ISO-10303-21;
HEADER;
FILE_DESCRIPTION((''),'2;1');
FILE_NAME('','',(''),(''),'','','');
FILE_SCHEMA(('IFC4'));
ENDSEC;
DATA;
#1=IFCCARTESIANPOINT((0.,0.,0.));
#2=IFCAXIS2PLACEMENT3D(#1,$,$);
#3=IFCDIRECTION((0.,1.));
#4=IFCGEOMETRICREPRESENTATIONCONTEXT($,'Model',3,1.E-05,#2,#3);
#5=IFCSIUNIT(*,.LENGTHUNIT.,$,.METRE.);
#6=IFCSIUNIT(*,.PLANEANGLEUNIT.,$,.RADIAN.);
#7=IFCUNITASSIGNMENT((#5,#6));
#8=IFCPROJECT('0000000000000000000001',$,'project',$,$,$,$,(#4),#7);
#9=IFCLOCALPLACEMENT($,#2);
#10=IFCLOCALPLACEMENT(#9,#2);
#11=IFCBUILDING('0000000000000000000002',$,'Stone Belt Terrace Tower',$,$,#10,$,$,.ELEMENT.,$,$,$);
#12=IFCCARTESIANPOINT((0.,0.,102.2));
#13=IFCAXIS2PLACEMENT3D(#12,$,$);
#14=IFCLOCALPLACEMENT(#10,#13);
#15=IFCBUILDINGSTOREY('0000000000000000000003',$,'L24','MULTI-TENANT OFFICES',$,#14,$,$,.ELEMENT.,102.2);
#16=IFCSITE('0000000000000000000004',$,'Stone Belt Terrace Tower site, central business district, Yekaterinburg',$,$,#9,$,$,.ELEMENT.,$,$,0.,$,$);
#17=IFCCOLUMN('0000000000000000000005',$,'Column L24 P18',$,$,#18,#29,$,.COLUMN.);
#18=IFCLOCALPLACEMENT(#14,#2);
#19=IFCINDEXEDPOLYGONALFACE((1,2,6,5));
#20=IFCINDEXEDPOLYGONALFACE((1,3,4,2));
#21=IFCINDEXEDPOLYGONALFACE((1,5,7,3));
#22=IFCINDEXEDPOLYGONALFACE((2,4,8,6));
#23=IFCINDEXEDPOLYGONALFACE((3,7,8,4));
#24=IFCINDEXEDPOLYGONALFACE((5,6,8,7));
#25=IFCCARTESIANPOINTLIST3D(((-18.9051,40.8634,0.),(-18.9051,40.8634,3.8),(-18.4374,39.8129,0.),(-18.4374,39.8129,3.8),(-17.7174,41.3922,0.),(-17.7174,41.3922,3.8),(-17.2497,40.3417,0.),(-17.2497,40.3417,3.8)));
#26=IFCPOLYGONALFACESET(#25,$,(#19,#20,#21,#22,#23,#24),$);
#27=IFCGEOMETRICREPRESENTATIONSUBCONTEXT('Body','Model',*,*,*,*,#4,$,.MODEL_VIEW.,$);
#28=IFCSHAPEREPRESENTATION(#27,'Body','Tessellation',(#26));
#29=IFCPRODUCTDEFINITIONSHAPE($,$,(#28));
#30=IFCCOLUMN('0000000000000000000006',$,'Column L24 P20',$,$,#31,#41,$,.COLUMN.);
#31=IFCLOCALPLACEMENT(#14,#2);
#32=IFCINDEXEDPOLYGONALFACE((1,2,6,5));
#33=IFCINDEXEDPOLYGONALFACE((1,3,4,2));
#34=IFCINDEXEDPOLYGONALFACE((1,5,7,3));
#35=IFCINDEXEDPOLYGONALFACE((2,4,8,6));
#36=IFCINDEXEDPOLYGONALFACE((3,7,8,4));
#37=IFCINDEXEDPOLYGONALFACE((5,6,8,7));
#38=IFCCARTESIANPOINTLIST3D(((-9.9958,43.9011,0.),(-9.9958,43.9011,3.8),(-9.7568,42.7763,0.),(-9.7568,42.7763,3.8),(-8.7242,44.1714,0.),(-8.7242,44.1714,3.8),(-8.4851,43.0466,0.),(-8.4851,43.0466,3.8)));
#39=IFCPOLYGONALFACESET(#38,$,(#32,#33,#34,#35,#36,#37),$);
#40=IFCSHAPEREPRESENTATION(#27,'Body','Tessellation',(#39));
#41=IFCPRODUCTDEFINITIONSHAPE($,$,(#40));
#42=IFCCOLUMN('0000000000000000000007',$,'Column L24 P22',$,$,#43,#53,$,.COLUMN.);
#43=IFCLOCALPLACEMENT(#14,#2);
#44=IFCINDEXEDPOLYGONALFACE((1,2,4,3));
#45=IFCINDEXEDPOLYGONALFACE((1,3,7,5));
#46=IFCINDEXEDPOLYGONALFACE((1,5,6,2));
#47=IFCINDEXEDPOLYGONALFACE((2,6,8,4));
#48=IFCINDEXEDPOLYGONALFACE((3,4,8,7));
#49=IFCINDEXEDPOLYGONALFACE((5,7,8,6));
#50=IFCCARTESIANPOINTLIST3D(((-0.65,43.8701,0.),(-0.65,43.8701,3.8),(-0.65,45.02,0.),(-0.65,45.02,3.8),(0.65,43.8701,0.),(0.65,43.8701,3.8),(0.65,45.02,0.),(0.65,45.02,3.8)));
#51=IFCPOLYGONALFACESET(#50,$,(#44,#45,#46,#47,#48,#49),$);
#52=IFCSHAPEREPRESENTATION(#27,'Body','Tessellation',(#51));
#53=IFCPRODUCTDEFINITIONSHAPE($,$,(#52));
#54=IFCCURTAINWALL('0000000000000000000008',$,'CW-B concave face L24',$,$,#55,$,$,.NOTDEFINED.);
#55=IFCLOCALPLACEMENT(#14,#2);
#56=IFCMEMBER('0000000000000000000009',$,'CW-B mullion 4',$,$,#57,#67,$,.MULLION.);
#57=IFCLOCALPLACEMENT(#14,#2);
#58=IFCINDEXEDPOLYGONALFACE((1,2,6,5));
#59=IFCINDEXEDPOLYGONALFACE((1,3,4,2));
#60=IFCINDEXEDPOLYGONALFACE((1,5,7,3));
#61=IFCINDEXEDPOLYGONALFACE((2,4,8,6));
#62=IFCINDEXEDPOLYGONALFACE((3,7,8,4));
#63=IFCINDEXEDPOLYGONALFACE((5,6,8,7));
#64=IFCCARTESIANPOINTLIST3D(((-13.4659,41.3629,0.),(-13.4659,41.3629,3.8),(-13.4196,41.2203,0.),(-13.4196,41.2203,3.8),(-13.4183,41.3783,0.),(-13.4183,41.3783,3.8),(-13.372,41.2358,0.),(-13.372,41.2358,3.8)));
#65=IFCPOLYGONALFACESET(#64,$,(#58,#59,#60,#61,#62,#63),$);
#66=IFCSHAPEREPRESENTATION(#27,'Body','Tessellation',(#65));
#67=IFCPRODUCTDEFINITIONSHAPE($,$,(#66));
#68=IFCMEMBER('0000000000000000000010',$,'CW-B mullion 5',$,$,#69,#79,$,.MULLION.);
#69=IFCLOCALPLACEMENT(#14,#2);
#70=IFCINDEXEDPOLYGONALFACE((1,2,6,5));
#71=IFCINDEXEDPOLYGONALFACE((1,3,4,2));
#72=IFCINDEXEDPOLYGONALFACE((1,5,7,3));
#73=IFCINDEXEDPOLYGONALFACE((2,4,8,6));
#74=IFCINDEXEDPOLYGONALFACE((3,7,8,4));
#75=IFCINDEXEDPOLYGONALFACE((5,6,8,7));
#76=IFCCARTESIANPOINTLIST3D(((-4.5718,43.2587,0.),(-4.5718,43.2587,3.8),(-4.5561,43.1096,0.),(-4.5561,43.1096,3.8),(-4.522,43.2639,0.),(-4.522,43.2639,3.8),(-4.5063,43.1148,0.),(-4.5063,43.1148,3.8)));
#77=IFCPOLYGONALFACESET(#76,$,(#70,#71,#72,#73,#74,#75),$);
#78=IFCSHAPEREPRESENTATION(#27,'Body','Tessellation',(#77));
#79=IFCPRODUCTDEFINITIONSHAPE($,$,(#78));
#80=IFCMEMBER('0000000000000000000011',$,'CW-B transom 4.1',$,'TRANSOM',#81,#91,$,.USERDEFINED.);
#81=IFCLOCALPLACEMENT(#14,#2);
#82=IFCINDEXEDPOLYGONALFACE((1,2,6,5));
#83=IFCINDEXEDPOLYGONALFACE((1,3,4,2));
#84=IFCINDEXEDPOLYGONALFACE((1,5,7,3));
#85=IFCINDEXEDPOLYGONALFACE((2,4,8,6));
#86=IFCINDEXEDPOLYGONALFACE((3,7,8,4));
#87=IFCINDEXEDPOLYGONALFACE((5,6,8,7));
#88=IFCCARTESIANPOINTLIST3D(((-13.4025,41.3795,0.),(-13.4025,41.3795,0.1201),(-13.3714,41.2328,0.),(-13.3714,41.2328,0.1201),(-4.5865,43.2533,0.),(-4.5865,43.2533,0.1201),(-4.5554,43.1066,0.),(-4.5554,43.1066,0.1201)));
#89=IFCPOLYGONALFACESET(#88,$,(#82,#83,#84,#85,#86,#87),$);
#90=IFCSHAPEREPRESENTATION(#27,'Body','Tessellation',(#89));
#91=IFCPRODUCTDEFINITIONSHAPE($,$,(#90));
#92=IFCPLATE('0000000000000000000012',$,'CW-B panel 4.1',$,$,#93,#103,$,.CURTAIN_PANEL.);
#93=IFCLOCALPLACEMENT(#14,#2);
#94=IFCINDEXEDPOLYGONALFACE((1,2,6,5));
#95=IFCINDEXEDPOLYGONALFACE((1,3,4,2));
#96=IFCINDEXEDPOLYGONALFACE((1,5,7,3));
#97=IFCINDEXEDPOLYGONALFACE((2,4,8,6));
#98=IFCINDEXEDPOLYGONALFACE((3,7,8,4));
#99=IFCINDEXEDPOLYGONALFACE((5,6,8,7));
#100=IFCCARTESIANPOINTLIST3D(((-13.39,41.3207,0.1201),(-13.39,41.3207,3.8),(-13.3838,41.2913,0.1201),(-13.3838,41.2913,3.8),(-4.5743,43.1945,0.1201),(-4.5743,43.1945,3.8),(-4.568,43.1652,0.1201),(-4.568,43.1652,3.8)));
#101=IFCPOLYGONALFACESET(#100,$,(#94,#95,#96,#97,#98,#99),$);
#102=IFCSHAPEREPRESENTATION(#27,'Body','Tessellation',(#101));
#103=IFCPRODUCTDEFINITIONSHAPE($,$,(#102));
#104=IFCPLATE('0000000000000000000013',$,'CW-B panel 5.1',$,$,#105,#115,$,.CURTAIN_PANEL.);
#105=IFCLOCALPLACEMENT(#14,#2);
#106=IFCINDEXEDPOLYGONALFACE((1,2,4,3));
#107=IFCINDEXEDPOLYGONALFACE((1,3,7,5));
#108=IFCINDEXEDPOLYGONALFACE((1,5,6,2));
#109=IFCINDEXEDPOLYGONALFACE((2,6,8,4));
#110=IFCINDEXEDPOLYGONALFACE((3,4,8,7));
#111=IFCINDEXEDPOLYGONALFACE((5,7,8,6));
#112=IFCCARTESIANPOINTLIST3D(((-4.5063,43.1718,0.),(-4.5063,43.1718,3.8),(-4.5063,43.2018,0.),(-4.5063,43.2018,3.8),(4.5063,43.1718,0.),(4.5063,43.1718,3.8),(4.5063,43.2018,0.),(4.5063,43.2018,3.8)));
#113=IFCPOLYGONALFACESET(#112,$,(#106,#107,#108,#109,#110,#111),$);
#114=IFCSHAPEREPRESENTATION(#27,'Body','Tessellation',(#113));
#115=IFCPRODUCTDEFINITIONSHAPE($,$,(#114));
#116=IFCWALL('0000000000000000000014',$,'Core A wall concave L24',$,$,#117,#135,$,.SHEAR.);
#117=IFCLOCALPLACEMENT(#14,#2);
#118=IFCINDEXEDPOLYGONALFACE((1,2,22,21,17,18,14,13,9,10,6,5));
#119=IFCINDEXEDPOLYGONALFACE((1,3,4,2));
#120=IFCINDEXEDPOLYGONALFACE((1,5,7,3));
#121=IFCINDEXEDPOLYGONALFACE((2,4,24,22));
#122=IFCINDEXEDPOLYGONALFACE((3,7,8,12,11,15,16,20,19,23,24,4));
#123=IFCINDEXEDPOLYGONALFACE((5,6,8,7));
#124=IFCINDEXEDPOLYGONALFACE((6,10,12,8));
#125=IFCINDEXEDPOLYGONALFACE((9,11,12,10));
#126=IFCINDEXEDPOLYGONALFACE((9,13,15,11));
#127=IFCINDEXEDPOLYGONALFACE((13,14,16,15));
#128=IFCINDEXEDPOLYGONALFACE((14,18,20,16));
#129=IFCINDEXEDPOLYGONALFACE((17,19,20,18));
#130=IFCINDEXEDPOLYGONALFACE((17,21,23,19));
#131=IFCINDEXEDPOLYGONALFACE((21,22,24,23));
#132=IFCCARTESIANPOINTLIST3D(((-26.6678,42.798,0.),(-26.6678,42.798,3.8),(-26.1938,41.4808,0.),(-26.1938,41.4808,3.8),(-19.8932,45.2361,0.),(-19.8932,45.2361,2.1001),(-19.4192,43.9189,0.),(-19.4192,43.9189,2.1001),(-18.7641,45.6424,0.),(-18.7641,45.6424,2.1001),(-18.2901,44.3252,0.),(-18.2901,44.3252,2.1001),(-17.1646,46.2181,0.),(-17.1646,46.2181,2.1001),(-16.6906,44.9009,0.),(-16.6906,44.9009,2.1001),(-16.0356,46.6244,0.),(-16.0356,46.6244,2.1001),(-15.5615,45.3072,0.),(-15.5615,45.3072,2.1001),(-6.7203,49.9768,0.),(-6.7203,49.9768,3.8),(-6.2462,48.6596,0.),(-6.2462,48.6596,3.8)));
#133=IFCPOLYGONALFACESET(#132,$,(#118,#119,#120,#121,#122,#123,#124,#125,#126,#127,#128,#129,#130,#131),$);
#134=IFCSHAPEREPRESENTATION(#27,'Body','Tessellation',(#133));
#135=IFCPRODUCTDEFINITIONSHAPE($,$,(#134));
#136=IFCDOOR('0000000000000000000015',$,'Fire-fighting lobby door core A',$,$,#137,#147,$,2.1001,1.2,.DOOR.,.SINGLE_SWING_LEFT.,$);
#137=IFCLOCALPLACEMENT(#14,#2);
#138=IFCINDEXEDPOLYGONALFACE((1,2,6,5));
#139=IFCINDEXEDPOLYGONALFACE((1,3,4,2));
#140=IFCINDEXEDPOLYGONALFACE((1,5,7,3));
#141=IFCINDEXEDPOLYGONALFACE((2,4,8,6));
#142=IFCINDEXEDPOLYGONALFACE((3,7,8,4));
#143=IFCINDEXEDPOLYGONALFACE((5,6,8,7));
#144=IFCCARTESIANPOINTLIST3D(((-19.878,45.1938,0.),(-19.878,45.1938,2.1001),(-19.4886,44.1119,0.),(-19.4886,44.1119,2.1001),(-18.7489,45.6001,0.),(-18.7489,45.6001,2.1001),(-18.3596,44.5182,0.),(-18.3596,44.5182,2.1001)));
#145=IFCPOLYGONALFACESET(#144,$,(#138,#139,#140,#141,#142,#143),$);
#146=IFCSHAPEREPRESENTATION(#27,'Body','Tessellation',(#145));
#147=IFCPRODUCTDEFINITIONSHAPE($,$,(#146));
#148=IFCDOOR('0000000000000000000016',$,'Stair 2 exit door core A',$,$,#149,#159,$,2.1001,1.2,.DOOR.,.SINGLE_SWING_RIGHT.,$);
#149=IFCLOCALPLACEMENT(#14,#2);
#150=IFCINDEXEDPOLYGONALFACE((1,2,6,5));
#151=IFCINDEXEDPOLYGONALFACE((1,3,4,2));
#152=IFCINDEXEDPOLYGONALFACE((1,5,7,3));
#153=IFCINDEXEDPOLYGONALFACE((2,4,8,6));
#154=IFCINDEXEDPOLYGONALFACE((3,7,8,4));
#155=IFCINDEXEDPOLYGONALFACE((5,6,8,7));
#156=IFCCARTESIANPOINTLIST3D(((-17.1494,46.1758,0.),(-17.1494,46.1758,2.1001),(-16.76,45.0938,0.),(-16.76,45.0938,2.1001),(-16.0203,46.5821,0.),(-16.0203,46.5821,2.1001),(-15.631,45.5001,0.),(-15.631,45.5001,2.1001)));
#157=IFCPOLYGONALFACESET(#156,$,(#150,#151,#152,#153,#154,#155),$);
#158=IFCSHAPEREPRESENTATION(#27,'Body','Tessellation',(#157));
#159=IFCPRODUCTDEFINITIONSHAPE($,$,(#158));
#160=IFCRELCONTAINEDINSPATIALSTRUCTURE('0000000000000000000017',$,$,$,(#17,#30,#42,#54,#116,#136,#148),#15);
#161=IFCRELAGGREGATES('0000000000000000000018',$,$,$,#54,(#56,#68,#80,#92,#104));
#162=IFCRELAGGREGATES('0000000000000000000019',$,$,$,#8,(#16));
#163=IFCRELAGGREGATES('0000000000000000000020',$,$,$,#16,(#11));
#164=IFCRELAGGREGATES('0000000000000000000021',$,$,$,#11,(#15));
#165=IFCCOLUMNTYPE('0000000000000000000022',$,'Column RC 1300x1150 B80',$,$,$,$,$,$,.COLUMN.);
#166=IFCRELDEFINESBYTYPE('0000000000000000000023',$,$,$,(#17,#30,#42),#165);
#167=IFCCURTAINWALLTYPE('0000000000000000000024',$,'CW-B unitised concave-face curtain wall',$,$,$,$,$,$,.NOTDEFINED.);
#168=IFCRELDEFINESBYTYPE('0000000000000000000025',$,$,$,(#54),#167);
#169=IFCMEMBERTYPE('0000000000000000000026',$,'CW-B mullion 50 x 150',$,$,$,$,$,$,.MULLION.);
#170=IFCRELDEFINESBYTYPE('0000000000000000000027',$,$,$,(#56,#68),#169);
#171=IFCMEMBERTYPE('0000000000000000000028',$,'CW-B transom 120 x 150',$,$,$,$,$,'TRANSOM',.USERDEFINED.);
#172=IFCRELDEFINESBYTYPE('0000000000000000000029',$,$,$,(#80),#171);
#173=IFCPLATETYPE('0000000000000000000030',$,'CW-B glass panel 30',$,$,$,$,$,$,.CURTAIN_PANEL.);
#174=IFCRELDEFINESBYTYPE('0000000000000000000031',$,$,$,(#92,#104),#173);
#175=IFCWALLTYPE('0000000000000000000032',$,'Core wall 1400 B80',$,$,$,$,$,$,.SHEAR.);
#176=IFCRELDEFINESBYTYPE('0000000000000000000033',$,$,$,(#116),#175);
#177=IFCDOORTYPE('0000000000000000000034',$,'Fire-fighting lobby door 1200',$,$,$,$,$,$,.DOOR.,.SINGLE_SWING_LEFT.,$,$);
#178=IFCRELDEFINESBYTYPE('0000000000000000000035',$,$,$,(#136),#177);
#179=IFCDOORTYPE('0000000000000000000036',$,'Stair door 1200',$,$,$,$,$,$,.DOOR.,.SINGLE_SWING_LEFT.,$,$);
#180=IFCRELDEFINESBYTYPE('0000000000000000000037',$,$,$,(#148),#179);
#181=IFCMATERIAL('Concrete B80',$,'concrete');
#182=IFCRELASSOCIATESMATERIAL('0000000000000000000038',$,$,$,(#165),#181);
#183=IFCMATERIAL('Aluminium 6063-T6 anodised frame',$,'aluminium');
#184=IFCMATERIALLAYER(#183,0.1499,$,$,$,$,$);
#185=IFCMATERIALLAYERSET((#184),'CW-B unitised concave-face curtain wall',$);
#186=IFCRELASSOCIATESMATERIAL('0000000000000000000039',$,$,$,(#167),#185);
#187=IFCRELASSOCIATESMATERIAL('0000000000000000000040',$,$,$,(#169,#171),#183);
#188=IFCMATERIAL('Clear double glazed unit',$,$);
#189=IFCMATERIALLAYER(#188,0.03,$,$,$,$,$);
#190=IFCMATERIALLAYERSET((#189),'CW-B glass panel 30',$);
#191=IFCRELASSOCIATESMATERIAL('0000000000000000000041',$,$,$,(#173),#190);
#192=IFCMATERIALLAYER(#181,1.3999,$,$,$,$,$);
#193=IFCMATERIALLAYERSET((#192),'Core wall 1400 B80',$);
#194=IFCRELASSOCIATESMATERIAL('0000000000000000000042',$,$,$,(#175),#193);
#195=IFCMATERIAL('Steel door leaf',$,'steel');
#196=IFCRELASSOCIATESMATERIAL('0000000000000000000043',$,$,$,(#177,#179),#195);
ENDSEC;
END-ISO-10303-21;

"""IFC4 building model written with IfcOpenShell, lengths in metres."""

from ifc_helpers import new_model, si_unit, direction, frame, frame_2d, origin, origin_2d, place, context, subcontext, project, spatial, rectangle, extrude, material, layer, layer_set, material_profile, profile_set, type_object, element, fill, aggregate, save


model = new_model("IFC4")

# Units and contexts
model_context = context("Model", 3, precision=1e-05, world=origin(), true_north=direction((0.0, 1.0)))
body_context = subcontext(model_context, "Body", "Model", "MODEL_VIEW")
ifc_project = project(units=[si_unit("LENGTHUNIT", "METRE"), si_unit("PLANEANGLEUNIT", "RADIAN")], contexts=[model_context])

# Site, building, storey
site_placement = place(None, origin())
site = spatial("IfcSite", under=ifc_project, at=site_placement, Name="Stone Belt Terrace Tower site, central business district, Yekaterinburg", CompositionType="ELEMENT", RefElevation=0.0)
building_placement = place(site_placement, origin())
building = spatial("IfcBuilding", under=site, at=building_placement, Name="Stone Belt Terrace Tower", CompositionType="ELEMENT")
storey_placement = place(building_placement, frame((0.0, 0.0, 102.2)))
storey = spatial("IfcBuildingStorey", under=building, at=storey_placement, Name="L24", Description="MULTI-TENANT OFFICES", CompositionType="ELEMENT", Elevation=102.2)

# Columns
ifc_material_1 = material(Name="Concrete B80", Category="concrete")
ifc_material_profile_1 = material_profile(ifc_material_1, rectangle(XDim=1.3, YDim=1.1499, at=origin_2d()), Name="RC 1300x1150")
ifc_profile_set_1 = profile_set([ifc_material_profile_1], Name="Concrete B80")
column_type = type_object("IfcColumnType", Name="Column RC 1300x1150 B80", PredefinedType="COLUMN", material=ifc_profile_set_1)
for number, where, z_axis, x_axis, name in (
    (1, (-18.0774, 40.6025, 0.0), (0.0, 0.0, 1.0), (0.913545, 0.406737, 0.0), "Column L24 P18"),
    (2, (-9.2405, 43.4739, 0.0), (0.0, 0.0, 1.0), (0.978148, 0.207912, 0.0), "Column L24 P20"),
    (3, (0.0, 44.4451, 0.0), (0.0, 0.0, 1.0), (1.0, 0.0, 0.0), "Column L24 P22"),
):
    element("IfcColumn", number, at=place(storey_placement, frame(where, z_axis=z_axis, x_axis=x_axis)), inside=storey, type_object=column_type, Name=name, PredefinedType="COLUMN", context=body_context, shape_type="SweptSolid", body=[
        extrude(rectangle(XDim=1.3, YDim=1.1499, at=origin_2d()), origin(), (0.0, 0.0, 1.0), 3.8),
    ])

# Curtain wall, members, plates
ifc_material_2 = material(Name="Aluminium 6063-T6 anodised frame", Category="aluminium")
ifc_layer_1 = layer(ifc_material_2, 0.1499)
ifc_layer_set_1 = layer_set([ifc_layer_1], Name="CW-B unitised concave-face curtain wall")
curtain_wall_type = type_object("IfcCurtainWallType", Name="CW-B unitised concave-face curtain wall", PredefinedType="NOTDEFINED", material=ifc_layer_set_1)
curtain_wall_placement = place(storey_placement, origin())
curtain_wall = element("IfcCurtainWall", 4, at=curtain_wall_placement, inside=storey, type_object=curtain_wall_type, Name="CW-B concave face L24", PredefinedType="NOTDEFINED")
ifc_material_profile_2 = material_profile(ifc_material_2, rectangle(XDim=0.1499, YDim=0.05, at=origin_2d()), Name="Aluminium 6063-T6 50x150")
ifc_profile_set_2 = profile_set([ifc_material_profile_2], Name="Aluminium 6063-T6 anodised frame")
member_type_1 = type_object("IfcMemberType", Name="CW-B mullion 50 x 150", PredefinedType="MULLION", material=ifc_profile_set_2)
member_1_placement = place(storey_placement, frame((-13.4189, 41.2993, 0.0), z_axis=(0.0, 0.0, 1.0), x_axis=(-0.309017, 0.951057, 0.0)))
member_1 = element("IfcMember", 5, at=member_1_placement, type_object=member_type_1, Name="CW-B mullion 4", PredefinedType="MULLION", context=body_context, shape_type="SweptSolid", body=[
    extrude(rectangle(XDim=0.1499, YDim=0.05, at=origin_2d()), origin(), (0.0, 0.0, 1.0), 3.8),
])
member_2_placement = place(storey_placement, frame((-4.5391, 43.1868, 0.0), z_axis=(0.0, 0.0, 1.0), x_axis=(-0.104528, 0.994522, 0.0)))
member_2 = element("IfcMember", 6, at=member_2_placement, type_object=member_type_1, Name="CW-B mullion 5", PredefinedType="MULLION", context=body_context, shape_type="SweptSolid", body=[
    extrude(rectangle(XDim=0.1499, YDim=0.05, at=origin_2d()), origin(), (0.0, 0.0, 1.0), 3.8),
])
ifc_material_profile_3 = material_profile(ifc_material_2, rectangle(XDim=0.1499, YDim=0.1201, at=origin_2d()), Name="Aluminium 6063-T6 150x120")
ifc_profile_set_3 = profile_set([ifc_material_profile_3], Name="Aluminium 6063-T6 anodised frame")
member_type_2 = type_object("IfcMemberType", Name="CW-B transom 120 x 150", ElementType="TRANSOM", PredefinedType="USERDEFINED", material=ifc_profile_set_3)
member_3_placement = place(storey_placement, frame((-13.387, 41.3062, 0.0601), z_axis=(0.97815, 0.207901, 0.0), x_axis=(-0.207901, 0.97815, 0.0)))
member_3 = element("IfcMember", 7, at=member_3_placement, type_object=member_type_2, Name="CW-B transom 4.1", ObjectType="TRANSOM", PredefinedType="USERDEFINED", context=body_context, shape_type="SweptSolid", body=[
    extrude(rectangle(XDim=0.1499, YDim=0.1201, at=origin_2d()), origin(), (0.0, 0.0, 1.0), 9.0129),
])
ifc_material_3 = material(Name="Clear double glazed unit")
ifc_layer_2 = layer(ifc_material_3, 0.03)
ifc_layer_set_2 = layer_set([ifc_layer_2], Name="CW-B glass panel 30")
plate_type = type_object("IfcPlateType", Name="CW-B glass panel 30", PredefinedType="CURTAIN_PANEL", material=ifc_layer_set_2)
plate_1_placement = place(storey_placement, frame((-8.979, 42.2429, 0.1201), z_axis=(0.0, 0.0, 1.0), x_axis=(0.978148, 0.207912, 0.0)))
plate_1 = element("IfcPlate", 8, at=plate_1_placement, type_object=plate_type, Name="CW-B panel 4.1", PredefinedType="CURTAIN_PANEL", context=body_context, shape_type="SweptSolid", body=[
    extrude(rectangle(XDim=9.0127, YDim=0.03, at=origin_2d()), origin(), (0.0, 0.0, 1.0), 3.6799),
])
plate_2_placement = place(storey_placement, frame((0.0, 43.1868, 0.0), z_axis=(0.0, 0.0, 1.0), x_axis=(1.0, 0.0, 0.0)))
plate_2 = element("IfcPlate", 9, at=plate_2_placement, type_object=plate_type, Name="CW-B panel 5.1", PredefinedType="CURTAIN_PANEL", context=body_context, shape_type="SweptSolid", body=[
    extrude(rectangle(XDim=9.0127, YDim=0.03, at=origin_2d()), origin(), (0.0, 0.0, 1.0), 3.8),
])
aggregate(curtain_wall, [member_1, member_2, member_3, plate_1, plate_2])

# Wall, openings, doors
ifc_layer_3 = layer(ifc_material_1, 1.3999)
ifc_layer_set_3 = layer_set([ifc_layer_3], Name="Core wall 1400 B80")
wall_type_1 = type_object("IfcWallType", Name="Core wall 1400 B80", PredefinedType="SHEAR", material=ifc_layer_set_3)
wall_1_placement = place(storey_placement, frame((-26.4309, 42.1394, 0.0), z_axis=(0.0, 0.0, 1.0), x_axis=(0.940923, 0.33862, 0.0)))
wall_1 = element("IfcWall", 10, at=wall_1_placement, inside=storey, type_object=wall_type_1, Name="Core A wall concave L24", PredefinedType="SHEAR", context=body_context, shape_type="SweptSolid", body=[
    extrude(rectangle(XDim=21.2, YDim=1.3999, at=frame_2d((10.6001, 0.0))), origin(), (0.0, 0.0, 1.0), 3.8),
])
opening_1_placement = place(wall_1_placement, frame((7.2, 0.0, 0.0)))
opening_1 = element("IfcOpeningElement", 11, at=opening_1_placement, cuts=wall_1, PredefinedType="OPENING", context=body_context, shape_type="SweptSolid", body=[
    extrude(rectangle(XDim=1.2, YDim=2.1001, at=frame_2d((0.6001, 1.05))), frame((0.0, 0.71, 0.0), z_axis=(0.0, -1.0, 0.0), x_axis=(1.0, 0.0, 0.0)), (0.0, 0.0, 1.0), 1.4199),
])
opening_2_placement = place(wall_1_placement, frame((10.0999, 0.0, 0.0)))
opening_2 = element("IfcOpeningElement", 12, at=opening_2_placement, cuts=wall_1, PredefinedType="OPENING", context=body_context, shape_type="SweptSolid", body=[
    extrude(rectangle(XDim=1.2, YDim=2.1001, at=frame_2d((0.6001, 1.05))), frame((0.0, 0.71, 0.0), z_axis=(0.0, -1.0, 0.0), x_axis=(1.0, 0.0, 0.0)), (0.0, 0.0, 1.0), 1.4199),
])
ifc_material_4 = material(Name="Steel door leaf", Category="steel")
door_type_1 = type_object("IfcDoorType", Name="Fire-fighting lobby door 1200", OperationType="SINGLE_SWING_LEFT", PredefinedType="DOOR", material=ifc_material_4)
door_1_placement = place(opening_1_placement, origin())
door_1 = element("IfcDoor", 13, at=door_1_placement, inside=storey, type_object=door_type_1, Name="Fire-fighting lobby door core A", OperationType="SINGLE_SWING_LEFT", OverallHeight=2.1001, OverallWidth=1.2, PredefinedType="DOOR", context=body_context, shape_type="SweptSolid", body=[
    extrude(rectangle(XDim=1.2, YDim=2.1001, at=frame_2d((0.6001, 1.05))), frame((0.0, 0.655, 0.0), z_axis=(0.0, -1.0, 0.0), x_axis=(1.0, 0.0, 0.0)), (0.0, 0.0, 1.0), 1.1499),
])
fill(opening_1, door_1)
door_type_2 = type_object("IfcDoorType", Name="Stair door 1200", OperationType="SINGLE_SWING_LEFT", PredefinedType="DOOR", material=ifc_material_4)
door_2_placement = place(opening_2_placement, origin())
door_2 = element("IfcDoor", 14, at=door_2_placement, inside=storey, type_object=door_type_2, Name="Stair 2 exit door core A", OperationType="SINGLE_SWING_RIGHT", OverallHeight=2.1001, OverallWidth=1.2, PredefinedType="DOOR", context=body_context, shape_type="SweptSolid", body=[
    extrude(rectangle(XDim=1.2, YDim=2.1001, at=frame_2d((0.6001, 1.05))), frame((0.0, 0.655, 0.0), z_axis=(0.0, -1.0, 0.0), x_axis=(1.0, 0.0, 0.0)), (0.0, 0.0, 1.0), 1.1499),
])
fill(opening_2, door_2)

save(model, "model.ifc")
